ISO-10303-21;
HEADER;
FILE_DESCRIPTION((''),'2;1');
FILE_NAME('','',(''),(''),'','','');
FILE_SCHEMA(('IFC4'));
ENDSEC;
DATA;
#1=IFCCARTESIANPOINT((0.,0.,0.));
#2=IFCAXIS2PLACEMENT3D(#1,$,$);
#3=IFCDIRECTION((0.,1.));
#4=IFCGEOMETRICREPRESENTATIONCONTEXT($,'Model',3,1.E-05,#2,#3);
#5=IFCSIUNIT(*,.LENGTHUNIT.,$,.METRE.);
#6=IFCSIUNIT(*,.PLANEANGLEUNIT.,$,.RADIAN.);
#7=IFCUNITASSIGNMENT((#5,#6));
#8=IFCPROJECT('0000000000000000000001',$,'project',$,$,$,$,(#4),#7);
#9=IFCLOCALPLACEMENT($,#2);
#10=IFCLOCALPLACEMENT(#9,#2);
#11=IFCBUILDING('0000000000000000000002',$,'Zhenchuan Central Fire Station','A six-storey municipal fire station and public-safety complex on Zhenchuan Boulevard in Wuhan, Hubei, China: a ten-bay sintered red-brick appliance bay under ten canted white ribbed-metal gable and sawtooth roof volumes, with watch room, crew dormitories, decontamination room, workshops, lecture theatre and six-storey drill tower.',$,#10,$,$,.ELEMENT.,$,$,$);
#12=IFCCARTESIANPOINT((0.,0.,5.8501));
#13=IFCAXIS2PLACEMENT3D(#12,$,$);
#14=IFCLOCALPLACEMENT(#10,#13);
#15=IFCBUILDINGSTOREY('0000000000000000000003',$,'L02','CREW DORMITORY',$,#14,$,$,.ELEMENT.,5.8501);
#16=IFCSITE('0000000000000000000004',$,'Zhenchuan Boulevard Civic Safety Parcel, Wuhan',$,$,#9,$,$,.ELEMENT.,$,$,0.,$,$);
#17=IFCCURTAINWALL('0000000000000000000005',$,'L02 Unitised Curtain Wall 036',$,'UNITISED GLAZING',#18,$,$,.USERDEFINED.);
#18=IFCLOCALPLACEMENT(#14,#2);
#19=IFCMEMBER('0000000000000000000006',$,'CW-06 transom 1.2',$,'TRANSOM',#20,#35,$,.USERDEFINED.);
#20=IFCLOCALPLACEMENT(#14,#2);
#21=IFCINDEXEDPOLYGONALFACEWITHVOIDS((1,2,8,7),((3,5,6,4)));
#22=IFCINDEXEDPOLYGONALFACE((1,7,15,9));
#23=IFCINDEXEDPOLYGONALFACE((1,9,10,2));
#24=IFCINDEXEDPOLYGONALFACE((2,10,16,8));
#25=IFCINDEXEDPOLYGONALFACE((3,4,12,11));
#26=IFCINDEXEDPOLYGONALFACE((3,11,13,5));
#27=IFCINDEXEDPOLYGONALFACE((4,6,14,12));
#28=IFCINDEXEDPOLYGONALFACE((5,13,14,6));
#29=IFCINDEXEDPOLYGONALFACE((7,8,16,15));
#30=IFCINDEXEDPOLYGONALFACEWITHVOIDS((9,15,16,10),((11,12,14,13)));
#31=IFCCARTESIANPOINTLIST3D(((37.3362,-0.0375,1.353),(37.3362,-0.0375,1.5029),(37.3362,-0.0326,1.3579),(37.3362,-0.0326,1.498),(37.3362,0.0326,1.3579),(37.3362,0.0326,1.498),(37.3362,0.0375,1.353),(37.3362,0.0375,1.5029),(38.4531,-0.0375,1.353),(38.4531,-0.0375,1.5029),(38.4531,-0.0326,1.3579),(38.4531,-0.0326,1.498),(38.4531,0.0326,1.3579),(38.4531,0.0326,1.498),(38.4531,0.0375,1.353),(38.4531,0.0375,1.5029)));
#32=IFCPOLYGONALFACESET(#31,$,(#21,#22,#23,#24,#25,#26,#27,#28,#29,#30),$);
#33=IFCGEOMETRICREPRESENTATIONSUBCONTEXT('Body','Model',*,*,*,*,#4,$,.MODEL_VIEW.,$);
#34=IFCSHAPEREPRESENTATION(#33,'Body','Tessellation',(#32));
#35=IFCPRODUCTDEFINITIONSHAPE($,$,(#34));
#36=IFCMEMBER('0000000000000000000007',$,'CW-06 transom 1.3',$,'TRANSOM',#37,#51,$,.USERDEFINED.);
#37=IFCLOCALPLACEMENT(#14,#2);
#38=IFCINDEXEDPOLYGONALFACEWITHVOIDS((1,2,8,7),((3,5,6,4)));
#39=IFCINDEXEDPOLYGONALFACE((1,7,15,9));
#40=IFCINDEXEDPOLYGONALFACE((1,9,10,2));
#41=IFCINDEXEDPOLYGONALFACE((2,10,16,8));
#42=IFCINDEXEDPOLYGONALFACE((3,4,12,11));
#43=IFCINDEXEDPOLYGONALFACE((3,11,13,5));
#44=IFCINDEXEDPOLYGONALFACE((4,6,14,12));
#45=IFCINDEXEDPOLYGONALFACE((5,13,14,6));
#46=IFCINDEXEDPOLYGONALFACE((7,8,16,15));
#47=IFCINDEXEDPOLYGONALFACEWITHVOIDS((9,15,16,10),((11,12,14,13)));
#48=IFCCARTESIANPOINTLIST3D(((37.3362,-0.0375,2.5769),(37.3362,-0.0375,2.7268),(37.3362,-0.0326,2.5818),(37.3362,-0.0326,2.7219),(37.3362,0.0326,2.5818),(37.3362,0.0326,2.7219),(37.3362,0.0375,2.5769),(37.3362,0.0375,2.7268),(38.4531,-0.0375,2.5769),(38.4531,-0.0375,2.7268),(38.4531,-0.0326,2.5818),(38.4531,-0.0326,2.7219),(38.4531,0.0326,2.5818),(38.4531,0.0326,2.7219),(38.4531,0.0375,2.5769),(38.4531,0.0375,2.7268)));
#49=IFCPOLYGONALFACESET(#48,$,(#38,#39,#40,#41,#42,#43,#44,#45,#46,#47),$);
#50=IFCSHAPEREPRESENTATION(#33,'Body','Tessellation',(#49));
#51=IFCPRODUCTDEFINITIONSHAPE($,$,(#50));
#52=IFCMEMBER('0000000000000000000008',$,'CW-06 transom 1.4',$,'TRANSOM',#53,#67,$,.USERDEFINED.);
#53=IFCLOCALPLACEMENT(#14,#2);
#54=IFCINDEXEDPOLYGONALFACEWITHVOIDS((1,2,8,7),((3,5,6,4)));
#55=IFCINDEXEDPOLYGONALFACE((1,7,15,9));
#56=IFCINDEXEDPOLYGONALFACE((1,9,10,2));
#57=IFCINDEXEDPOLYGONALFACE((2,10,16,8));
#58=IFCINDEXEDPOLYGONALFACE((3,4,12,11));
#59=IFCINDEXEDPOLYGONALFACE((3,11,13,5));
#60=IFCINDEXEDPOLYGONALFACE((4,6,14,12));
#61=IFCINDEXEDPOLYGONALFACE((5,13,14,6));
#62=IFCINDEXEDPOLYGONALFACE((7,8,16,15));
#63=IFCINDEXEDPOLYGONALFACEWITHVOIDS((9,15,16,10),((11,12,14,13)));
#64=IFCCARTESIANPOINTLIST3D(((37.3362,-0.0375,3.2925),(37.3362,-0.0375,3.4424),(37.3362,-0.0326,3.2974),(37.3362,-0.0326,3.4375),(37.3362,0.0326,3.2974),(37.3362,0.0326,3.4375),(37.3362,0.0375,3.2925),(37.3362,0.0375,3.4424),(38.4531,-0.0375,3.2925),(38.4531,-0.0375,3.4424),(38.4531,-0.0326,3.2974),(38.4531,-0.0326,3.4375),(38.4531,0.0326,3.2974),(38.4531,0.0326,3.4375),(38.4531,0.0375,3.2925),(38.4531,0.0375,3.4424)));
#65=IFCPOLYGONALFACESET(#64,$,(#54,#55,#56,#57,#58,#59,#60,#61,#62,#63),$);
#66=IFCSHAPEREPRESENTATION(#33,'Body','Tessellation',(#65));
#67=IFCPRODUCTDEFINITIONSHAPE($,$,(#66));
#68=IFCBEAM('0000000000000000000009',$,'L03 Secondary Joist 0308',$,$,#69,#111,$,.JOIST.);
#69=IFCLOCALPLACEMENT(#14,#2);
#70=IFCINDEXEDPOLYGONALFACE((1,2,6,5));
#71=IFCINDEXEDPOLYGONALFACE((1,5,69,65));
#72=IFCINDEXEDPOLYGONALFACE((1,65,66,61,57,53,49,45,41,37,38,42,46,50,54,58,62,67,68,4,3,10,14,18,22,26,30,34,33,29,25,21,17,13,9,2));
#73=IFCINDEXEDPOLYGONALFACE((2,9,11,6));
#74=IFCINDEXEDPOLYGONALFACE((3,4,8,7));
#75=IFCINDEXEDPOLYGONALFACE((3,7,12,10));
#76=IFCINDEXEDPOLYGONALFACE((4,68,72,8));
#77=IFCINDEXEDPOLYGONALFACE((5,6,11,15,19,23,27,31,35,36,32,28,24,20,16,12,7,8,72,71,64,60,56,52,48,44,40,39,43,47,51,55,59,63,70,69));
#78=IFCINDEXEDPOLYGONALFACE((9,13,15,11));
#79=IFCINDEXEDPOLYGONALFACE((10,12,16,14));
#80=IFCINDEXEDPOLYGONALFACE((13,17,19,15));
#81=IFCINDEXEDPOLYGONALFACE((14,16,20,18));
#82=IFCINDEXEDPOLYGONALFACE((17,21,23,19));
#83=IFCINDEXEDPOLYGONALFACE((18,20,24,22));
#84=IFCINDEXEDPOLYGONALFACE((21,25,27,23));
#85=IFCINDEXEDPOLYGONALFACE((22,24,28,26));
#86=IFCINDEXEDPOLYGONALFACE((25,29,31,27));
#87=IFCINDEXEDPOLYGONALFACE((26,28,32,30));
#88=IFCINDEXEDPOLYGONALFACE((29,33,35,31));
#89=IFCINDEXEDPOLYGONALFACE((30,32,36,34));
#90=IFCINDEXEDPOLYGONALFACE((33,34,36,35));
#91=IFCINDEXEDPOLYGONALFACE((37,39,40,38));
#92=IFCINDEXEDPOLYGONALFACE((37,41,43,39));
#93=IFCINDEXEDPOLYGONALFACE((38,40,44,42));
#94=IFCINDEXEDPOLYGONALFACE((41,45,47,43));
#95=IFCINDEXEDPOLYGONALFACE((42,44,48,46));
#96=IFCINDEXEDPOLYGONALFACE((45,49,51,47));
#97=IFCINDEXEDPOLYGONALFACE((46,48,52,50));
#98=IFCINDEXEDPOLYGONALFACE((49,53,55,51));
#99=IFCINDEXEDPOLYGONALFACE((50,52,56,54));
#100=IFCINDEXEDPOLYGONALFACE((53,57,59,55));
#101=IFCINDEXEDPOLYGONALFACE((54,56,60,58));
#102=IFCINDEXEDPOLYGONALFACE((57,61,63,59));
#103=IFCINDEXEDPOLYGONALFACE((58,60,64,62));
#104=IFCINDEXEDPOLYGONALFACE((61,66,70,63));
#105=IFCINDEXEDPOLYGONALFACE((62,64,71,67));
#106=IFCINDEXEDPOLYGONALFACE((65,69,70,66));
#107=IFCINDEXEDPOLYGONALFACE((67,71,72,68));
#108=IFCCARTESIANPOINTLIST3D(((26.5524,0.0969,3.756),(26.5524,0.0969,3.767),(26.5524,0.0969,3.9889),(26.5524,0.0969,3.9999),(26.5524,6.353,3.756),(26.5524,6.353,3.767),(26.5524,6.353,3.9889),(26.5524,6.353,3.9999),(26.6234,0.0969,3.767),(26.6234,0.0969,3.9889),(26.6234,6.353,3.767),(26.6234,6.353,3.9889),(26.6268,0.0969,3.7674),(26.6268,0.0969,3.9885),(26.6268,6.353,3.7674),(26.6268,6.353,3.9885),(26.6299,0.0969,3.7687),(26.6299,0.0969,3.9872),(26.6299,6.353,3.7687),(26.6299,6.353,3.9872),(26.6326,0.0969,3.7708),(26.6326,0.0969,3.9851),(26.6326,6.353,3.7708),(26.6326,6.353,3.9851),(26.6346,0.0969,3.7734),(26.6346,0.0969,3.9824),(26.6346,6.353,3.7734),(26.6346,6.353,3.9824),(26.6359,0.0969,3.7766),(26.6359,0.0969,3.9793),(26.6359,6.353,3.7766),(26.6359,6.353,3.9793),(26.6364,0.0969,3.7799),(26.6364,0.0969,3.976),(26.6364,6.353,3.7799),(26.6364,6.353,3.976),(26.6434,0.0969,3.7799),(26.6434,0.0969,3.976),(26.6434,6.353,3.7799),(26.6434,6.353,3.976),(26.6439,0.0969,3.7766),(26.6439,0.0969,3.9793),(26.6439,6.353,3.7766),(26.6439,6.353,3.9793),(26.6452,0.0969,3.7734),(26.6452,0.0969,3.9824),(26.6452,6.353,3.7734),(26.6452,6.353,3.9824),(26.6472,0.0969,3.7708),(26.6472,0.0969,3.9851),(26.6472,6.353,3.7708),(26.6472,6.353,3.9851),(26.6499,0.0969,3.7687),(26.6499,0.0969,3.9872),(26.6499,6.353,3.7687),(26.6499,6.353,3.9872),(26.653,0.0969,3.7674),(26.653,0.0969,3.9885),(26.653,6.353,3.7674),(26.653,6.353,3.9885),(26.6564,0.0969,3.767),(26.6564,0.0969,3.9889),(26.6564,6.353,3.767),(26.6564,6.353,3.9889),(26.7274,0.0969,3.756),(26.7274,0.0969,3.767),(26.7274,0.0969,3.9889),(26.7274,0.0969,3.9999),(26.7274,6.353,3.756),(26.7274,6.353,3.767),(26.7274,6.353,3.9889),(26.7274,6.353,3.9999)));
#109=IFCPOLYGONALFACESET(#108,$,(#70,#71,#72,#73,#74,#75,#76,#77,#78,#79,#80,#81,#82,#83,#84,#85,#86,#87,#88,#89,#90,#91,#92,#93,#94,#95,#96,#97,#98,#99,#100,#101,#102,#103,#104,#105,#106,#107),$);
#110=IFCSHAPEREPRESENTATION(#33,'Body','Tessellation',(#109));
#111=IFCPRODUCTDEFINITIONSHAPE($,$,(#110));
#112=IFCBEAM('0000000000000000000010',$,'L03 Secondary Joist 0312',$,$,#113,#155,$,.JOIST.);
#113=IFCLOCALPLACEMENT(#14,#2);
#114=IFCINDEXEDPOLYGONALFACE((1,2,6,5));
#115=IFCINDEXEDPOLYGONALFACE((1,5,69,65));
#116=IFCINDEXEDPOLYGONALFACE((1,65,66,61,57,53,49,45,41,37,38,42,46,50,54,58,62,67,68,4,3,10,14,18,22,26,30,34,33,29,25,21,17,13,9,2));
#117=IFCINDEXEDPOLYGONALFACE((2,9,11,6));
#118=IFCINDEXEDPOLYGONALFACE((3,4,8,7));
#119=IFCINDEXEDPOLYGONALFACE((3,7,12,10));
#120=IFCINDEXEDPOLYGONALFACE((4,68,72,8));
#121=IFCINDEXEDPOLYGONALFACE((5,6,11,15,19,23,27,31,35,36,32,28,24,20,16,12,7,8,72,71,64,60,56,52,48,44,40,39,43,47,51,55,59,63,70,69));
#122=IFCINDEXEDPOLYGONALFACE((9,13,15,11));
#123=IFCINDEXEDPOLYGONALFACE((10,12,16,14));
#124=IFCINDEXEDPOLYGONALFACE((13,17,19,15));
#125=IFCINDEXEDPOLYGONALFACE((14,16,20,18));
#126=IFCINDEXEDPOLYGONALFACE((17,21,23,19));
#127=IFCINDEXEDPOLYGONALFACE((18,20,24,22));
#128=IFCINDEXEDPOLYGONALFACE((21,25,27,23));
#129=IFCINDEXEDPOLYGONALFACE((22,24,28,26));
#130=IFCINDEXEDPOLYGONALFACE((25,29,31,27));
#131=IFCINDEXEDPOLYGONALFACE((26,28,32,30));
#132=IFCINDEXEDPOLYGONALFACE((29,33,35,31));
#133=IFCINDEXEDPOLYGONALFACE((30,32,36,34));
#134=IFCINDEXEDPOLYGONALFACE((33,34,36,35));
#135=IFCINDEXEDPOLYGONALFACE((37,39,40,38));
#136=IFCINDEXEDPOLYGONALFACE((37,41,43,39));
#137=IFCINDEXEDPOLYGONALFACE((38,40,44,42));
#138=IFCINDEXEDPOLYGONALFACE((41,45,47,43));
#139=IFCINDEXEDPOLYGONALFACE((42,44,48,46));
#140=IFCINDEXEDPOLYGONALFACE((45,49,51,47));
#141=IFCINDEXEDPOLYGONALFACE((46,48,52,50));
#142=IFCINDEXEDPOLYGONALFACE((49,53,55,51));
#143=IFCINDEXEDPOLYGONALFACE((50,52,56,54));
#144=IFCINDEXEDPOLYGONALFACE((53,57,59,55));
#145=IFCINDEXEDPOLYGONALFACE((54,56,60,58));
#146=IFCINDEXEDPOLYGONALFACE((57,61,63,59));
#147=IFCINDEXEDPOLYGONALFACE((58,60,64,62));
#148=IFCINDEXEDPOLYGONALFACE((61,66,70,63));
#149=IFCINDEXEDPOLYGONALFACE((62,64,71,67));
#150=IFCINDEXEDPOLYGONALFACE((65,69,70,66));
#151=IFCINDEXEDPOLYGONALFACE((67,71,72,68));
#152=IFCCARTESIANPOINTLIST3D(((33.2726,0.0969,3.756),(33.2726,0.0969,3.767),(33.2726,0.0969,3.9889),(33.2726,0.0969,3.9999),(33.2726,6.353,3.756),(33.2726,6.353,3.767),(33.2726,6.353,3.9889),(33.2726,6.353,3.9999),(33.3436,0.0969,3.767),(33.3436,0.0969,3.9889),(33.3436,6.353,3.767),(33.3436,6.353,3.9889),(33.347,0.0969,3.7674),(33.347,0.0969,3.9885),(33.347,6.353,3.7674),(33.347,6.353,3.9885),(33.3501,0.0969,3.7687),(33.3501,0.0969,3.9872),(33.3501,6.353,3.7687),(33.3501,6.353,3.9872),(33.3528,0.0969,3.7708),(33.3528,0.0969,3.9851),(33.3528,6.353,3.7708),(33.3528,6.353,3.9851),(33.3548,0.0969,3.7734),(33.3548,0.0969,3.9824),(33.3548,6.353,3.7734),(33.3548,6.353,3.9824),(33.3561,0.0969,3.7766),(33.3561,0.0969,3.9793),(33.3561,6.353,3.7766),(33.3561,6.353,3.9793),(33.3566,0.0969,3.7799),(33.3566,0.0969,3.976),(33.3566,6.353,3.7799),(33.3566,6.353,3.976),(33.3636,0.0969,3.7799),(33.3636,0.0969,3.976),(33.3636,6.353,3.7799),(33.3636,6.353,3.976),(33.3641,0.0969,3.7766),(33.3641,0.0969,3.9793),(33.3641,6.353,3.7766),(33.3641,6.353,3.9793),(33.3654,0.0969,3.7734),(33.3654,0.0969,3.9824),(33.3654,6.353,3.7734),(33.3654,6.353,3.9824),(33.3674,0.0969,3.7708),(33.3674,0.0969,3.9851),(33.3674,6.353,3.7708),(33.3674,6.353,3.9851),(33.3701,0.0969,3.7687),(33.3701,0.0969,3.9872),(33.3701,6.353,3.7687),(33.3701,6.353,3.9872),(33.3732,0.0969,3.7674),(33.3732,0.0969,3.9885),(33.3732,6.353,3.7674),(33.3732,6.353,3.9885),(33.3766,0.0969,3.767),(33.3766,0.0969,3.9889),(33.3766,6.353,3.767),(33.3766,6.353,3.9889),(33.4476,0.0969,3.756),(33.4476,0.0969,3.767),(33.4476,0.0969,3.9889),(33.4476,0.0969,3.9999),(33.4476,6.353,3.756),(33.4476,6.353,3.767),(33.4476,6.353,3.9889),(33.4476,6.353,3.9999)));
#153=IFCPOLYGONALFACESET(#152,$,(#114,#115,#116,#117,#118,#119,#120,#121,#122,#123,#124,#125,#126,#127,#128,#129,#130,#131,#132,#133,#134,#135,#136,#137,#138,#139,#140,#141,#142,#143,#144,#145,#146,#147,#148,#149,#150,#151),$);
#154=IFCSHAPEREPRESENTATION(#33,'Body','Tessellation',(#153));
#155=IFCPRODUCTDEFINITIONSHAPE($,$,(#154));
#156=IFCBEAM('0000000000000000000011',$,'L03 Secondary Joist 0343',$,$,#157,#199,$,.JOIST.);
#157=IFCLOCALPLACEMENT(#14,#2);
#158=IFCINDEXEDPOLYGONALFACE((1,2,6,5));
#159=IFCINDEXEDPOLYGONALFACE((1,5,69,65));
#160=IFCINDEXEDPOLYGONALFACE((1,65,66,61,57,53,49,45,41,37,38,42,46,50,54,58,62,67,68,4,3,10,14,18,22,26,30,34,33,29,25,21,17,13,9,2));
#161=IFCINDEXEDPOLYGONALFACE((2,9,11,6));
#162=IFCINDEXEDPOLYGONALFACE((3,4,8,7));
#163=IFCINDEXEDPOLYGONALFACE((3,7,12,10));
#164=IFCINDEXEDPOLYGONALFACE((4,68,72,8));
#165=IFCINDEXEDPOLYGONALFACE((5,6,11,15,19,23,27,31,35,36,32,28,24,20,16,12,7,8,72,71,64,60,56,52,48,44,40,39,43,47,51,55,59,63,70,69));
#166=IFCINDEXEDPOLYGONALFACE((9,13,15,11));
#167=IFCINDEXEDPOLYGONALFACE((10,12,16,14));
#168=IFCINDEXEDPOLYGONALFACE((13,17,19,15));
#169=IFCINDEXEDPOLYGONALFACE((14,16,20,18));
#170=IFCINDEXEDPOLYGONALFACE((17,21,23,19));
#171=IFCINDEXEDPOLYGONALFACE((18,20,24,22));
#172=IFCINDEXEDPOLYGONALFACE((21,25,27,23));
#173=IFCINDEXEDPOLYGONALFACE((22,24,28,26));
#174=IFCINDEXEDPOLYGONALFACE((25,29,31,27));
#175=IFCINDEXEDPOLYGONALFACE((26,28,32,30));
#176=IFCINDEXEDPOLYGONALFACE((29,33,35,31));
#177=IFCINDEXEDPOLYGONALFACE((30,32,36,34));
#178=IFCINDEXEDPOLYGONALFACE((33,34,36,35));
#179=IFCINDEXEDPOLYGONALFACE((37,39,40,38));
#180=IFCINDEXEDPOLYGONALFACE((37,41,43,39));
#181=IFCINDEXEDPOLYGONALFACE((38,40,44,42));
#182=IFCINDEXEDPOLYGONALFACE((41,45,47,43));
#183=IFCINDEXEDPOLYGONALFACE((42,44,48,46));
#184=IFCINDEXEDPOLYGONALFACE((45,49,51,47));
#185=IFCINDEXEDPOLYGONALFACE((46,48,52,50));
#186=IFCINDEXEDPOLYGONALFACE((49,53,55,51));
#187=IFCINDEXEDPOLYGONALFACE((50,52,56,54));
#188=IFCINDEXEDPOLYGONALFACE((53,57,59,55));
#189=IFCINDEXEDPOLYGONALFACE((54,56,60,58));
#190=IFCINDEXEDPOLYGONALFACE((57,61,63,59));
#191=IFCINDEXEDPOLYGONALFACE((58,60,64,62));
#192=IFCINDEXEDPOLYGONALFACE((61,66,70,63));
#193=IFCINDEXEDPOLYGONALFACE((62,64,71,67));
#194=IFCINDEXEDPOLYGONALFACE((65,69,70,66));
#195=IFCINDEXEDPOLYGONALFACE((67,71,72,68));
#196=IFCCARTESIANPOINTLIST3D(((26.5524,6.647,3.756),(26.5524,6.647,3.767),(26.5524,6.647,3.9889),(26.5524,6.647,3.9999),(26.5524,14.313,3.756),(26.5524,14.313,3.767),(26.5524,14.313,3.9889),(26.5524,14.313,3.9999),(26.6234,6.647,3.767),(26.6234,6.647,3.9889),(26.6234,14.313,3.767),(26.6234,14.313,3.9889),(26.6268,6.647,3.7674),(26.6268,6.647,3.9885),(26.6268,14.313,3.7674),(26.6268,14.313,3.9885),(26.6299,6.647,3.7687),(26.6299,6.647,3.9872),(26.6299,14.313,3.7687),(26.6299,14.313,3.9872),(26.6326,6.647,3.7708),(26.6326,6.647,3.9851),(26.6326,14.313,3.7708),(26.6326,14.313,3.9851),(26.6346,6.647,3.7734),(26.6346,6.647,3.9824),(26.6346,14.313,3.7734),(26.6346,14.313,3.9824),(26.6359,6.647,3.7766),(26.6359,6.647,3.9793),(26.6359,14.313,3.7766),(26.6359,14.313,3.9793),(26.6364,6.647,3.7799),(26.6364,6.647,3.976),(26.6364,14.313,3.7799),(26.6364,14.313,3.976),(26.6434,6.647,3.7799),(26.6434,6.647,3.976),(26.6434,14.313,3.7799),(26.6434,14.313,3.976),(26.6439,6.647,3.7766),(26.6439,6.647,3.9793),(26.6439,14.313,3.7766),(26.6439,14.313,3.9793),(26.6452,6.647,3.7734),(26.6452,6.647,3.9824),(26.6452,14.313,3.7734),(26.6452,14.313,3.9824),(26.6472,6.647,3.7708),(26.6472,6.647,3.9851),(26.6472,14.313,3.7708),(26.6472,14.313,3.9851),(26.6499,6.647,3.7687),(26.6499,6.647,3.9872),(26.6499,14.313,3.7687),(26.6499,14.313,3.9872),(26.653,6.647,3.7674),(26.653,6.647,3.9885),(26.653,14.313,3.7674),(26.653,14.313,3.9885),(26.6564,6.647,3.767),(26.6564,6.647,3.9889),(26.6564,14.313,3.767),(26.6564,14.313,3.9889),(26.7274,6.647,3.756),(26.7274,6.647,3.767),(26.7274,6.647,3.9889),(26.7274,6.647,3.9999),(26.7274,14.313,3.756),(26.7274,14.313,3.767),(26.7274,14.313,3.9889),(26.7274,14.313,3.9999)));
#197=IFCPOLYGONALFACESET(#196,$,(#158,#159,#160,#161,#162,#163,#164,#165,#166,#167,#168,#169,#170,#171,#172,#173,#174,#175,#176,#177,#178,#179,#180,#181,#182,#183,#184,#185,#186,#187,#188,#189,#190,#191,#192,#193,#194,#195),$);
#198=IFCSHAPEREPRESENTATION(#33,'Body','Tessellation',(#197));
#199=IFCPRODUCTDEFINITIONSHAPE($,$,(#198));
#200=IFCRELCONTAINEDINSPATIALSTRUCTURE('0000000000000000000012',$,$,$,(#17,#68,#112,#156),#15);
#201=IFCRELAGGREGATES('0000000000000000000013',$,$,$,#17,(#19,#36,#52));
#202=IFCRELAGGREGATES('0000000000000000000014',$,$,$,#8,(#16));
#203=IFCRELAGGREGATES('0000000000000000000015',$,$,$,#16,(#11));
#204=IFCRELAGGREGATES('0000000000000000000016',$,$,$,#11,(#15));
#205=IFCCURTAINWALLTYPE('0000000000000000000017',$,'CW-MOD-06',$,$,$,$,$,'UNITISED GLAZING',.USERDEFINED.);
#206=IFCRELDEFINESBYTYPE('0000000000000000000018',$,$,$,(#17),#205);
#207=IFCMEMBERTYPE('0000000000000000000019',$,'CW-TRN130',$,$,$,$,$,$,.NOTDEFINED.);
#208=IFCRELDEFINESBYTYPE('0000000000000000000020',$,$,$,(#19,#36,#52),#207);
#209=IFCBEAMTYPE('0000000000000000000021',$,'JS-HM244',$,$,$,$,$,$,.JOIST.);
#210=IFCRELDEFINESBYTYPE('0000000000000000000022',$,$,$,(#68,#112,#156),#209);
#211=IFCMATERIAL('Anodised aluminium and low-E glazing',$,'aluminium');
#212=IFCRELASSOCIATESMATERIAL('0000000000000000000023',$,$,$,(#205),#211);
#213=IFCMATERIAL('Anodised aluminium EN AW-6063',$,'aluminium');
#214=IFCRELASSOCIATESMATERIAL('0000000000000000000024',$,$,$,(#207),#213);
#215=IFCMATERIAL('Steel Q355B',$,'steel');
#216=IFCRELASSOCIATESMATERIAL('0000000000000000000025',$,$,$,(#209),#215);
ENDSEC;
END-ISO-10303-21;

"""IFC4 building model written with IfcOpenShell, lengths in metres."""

from ifc_helpers import new_model, si_unit, direction, frame, origin, origin_2d, place, context, subcontext, project, spatial, hollow_rectangle, i_section, extrude, material, material_profile, profile_set, type_object, element, aggregate, save


model = new_model("IFC4")

# Units and contexts
model_context = context("Model", 3, precision=1e-05, world=origin(), true_north=direction((0.0, 1.0)))
body_context = subcontext(model_context, "Body", "Model", "MODEL_VIEW")
ifc_project = project(units=[si_unit("LENGTHUNIT", "METRE"), si_unit("PLANEANGLEUNIT", "RADIAN")], contexts=[model_context])

# Site, building, storey
site_placement = place(None, origin())
site = spatial("IfcSite", under=ifc_project, at=site_placement, Name="Zhenchuan Boulevard Civic Safety Parcel, Wuhan", CompositionType="ELEMENT", RefElevation=0.0)
building_placement = place(site_placement, origin())
building = spatial("IfcBuilding", under=site, at=building_placement, Name="Zhenchuan Central Fire Station", Description="A six-storey municipal fire station and public-safety complex on Zhenchuan Boulevard in Wuhan, Hubei, China: a ten-bay sintered red-brick appliance bay under ten canted white ribbed-metal gable and sawtooth roof volumes, with watch room, crew dormitories, decontamination room, workshops, lecture theatre and six-storey drill tower.", CompositionType="ELEMENT")
storey_placement = place(building_placement, frame((0.0, 0.0, 5.8501)))
storey = spatial("IfcBuildingStorey", under=building, at=storey_placement, Name="L02", Description="CREW DORMITORY", CompositionType="ELEMENT", Elevation=5.8501)

# Shared definitions
ifc_material_1 = material(Name="Steel Q355B", Category="steel")

# Curtain wall
ifc_material_2 = material(Name="Anodised aluminium and low-E glazing", Category="aluminium")
ifc_material_3 = material(Name="Anodised aluminium EN AW-6063", Category="aluminium")
curtain_wall_type_1 = type_object("IfcCurtainWallType", Name="CW-MOD-06", ElementType="UNITISED GLAZING", PredefinedType="USERDEFINED", material=ifc_material_2)
curtain_wall_1_placement = place(storey_placement, origin())
curtain_wall_1 = element("IfcCurtainWall", 1, at=curtain_wall_1_placement, inside=storey, type_object=curtain_wall_type_1, Name="L02 Unitised Curtain Wall 036", ObjectType="UNITISED GLAZING", PredefinedType="USERDEFINED")

# Members
ifc_material_profile_1 = material_profile(ifc_material_3, hollow_rectangle(XDim=0.075, YDim=0.1499, WallThickness=0.0049, at=origin_2d()), Name="ALU-T 150x75")
ifc_profile_set_1 = profile_set([ifc_material_profile_1], Name="Anodised aluminium EN AW-6063")
member_type_1 = type_object("IfcMemberType", Name="CW-TRN130", PredefinedType="NOTDEFINED", material=ifc_profile_set_1)
member_1_placement = place(storey_placement, frame((37.3362, 0.0, 1.428), z_axis=(1.0, 0.0, 0.0), x_axis=(0.0, 1.0, 0.0)))
member_1 = element("IfcMember", 2, at=member_1_placement, type_object=member_type_1, Name="CW-06 transom 1.2", ObjectType="TRANSOM", PredefinedType="USERDEFINED", context=body_context, shape_type="SweptSolid", body=[
    extrude(hollow_rectangle(XDim=0.075, YDim=0.1499, WallThickness=0.0049, at=origin_2d()), origin(), (0.0, 0.0, 1.0), 1.1169),
])
member_2_placement = place(storey_placement, frame((37.3362, 0.0, 2.6519), z_axis=(1.0, 0.0, 0.0), x_axis=(0.0, 1.0, 0.0)))
member_2 = element("IfcMember", 3, at=member_2_placement, type_object=member_type_1, Name="CW-06 transom 1.3", ObjectType="TRANSOM", PredefinedType="USERDEFINED", context=body_context, shape_type="SweptSolid", body=[
    extrude(hollow_rectangle(XDim=0.075, YDim=0.1499, WallThickness=0.0049, at=origin_2d()), origin(), (0.0, 0.0, 1.0), 1.1169),
])
member_3_placement = place(storey_placement, frame((37.3362, 0.0, 3.3674), z_axis=(1.0, 0.0, 0.0), x_axis=(0.0, 1.0, 0.0)))
member_3 = element("IfcMember", 4, at=member_3_placement, type_object=member_type_1, Name="CW-06 transom 1.4", ObjectType="TRANSOM", PredefinedType="USERDEFINED", context=body_context, shape_type="SweptSolid", body=[
    extrude(hollow_rectangle(XDim=0.075, YDim=0.1499, WallThickness=0.0049, at=origin_2d()), origin(), (0.0, 0.0, 1.0), 1.1169),
])
aggregate(curtain_wall_1, [member_1, member_2, member_3])

# Beams
ifc_material_profile_2 = material_profile(ifc_material_1, i_section(OverallWidth=0.175, OverallDepth=0.2439, WebThickness=0.0071, FlangeThickness=0.011, FilletRadius=0.0129, at=origin_2d()), Name="HM 244x175")
ifc_profile_set_2 = profile_set([ifc_material_profile_2], Name="Steel Q355B")
beam_type_1 = type_object("IfcBeamType", Name="JS-HM244", PredefinedType="JOIST", material=ifc_profile_set_2)
for number, where, z_axis, x_axis, name in (
    (5, (26.6399, 0.0969, 3.8779), (0.0, 1.0, 0.0), (-1.0, 0.0, 0.0), "L03 Secondary Joist 0308"),
    (6, (33.3601, 0.0969, 3.8779), (0.0, 1.0, 0.0), (-1.0, 0.0, 0.0), "L03 Secondary Joist 0312"),
):
    element("IfcBeam", number, at=place(storey_placement, frame(where, z_axis=z_axis, x_axis=x_axis)), inside=storey, type_object=beam_type_1, Name=name, PredefinedType="JOIST", context=body_context, shape_type="SweptSolid", body=[
        extrude(i_section(OverallWidth=0.175, OverallDepth=0.2439, WebThickness=0.0071, FlangeThickness=0.011, FilletRadius=0.0129, at=origin_2d()), origin(), (0.0, 0.0, 1.0), 6.2561),
    ])
beam_1_placement = place(storey_placement, frame((26.6399, 6.647, 3.8779), z_axis=(0.0, 1.0, 0.0), x_axis=(-1.0, 0.0, 0.0)))
element("IfcBeam", 7, at=beam_1_placement, inside=storey, type_object=beam_type_1, Name="L03 Secondary Joist 0343", PredefinedType="JOIST", context=body_context, shape_type="SweptSolid", body=[
    extrude(i_section(OverallWidth=0.175, OverallDepth=0.2439, WebThickness=0.0071, FlangeThickness=0.011, FilletRadius=0.0129, at=origin_2d()), origin(), (0.0, 0.0, 1.0), 7.666),
])

save(model, "model.ifc")
